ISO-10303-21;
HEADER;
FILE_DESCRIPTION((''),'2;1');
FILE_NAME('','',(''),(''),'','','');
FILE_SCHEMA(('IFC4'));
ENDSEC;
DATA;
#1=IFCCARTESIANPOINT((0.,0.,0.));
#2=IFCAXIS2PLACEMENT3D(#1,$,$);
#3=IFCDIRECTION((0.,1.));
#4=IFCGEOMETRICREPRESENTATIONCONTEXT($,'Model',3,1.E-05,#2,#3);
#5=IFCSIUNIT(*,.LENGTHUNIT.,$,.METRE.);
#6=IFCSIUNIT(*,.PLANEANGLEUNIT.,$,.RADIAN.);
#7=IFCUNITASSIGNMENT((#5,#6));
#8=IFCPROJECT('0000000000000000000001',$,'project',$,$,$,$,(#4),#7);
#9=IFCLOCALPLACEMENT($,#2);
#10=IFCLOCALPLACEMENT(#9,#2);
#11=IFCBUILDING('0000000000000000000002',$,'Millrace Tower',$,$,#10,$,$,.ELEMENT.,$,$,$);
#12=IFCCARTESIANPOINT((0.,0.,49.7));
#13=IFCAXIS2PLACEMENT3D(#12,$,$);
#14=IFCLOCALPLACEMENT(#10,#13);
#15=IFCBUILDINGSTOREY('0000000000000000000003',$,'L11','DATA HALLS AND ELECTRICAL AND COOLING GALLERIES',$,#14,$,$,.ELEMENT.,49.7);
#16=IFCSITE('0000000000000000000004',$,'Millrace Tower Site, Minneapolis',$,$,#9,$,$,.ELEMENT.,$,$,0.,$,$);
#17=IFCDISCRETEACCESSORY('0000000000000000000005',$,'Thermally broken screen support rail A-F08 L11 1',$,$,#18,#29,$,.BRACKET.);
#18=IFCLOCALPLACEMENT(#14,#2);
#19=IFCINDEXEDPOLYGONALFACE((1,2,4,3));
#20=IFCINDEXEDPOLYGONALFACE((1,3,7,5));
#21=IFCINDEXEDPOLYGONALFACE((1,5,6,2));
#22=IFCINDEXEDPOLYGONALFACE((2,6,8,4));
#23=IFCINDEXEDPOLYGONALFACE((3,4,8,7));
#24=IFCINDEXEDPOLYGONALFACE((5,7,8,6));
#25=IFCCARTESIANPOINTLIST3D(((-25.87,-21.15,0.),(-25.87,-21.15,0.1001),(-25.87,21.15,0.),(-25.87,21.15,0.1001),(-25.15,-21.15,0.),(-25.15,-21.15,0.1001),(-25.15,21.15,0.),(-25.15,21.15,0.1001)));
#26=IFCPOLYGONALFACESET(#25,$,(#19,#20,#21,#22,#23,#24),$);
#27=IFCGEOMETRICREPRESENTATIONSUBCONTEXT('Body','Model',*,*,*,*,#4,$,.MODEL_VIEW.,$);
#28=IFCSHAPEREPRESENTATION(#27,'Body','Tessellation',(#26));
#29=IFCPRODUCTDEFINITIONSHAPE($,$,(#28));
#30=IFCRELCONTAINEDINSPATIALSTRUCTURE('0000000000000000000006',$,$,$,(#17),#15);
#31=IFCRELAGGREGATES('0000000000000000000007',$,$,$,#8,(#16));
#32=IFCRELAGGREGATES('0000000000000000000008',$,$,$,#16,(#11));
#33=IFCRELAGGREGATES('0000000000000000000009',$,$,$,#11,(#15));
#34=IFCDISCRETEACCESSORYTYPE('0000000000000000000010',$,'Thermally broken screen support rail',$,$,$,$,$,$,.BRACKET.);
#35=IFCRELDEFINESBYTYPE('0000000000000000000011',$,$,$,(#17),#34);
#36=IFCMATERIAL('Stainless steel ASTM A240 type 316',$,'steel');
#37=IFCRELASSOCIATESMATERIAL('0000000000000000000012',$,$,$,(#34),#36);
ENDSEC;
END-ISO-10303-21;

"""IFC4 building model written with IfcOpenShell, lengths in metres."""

from ifc_helpers import new_model, si_unit, direction, frame, origin, origin_2d, place, context, subcontext, project, spatial, rectangle, extrude, material, type_object, element, save


model = new_model("IFC4")

# Units and contexts
model_context = context("Model", 3, precision=1e-05, world=origin(), true_north=direction((0.0, 1.0)))
body_context = subcontext(model_context, "Body", "Model", "MODEL_VIEW")
ifc_project = project(units=[si_unit("LENGTHUNIT", "METRE"), si_unit("PLANEANGLEUNIT", "RADIAN")], contexts=[model_context])

# Site, building, storey
site_placement = place(None, origin())
site = spatial("IfcSite", under=ifc_project, at=site_placement, Name="Millrace Tower Site, Minneapolis", CompositionType="ELEMENT", RefElevation=0.0)
building_placement = place(site_placement, origin())
building = spatial("IfcBuilding", under=site, at=building_placement, Name="Millrace Tower", CompositionType="ELEMENT")
storey_placement = place(building_placement, frame((0.0, 0.0, 49.7)))
storey = spatial("IfcBuildingStorey", under=building, at=storey_placement, Name="L11", Description="DATA HALLS AND ELECTRICAL AND COOLING GALLERIES", CompositionType="ELEMENT", Elevation=49.7)

# Discrete accessory
ifc_material_1 = material(Name="Stainless steel ASTM A240 type 316", Category="steel")
discrete_accessory_type = type_object("IfcDiscreteAccessoryType", Name="Thermally broken screen support rail", PredefinedType="BRACKET", material=ifc_material_1)
discrete_accessory_placement = place(storey_placement, frame((-25.51, 0.0, 0.0), z_axis=(0.0, 0.0, 1.0), x_axis=(0.0, -1.0, 0.0)))
element("IfcDiscreteAccessory", 1, at=discrete_accessory_placement, inside=storey, type_object=discrete_accessory_type, Name="Thermally broken screen support rail A-F08 L11 1", PredefinedType="BRACKET", context=body_context, shape_type="SweptSolid", body=[
    extrude(rectangle(XDim=42.3, YDim=0.72, at=origin_2d()), origin(), (0.0, 0.0, 1.0), 0.1001),
])

save(model, "model.ifc")
